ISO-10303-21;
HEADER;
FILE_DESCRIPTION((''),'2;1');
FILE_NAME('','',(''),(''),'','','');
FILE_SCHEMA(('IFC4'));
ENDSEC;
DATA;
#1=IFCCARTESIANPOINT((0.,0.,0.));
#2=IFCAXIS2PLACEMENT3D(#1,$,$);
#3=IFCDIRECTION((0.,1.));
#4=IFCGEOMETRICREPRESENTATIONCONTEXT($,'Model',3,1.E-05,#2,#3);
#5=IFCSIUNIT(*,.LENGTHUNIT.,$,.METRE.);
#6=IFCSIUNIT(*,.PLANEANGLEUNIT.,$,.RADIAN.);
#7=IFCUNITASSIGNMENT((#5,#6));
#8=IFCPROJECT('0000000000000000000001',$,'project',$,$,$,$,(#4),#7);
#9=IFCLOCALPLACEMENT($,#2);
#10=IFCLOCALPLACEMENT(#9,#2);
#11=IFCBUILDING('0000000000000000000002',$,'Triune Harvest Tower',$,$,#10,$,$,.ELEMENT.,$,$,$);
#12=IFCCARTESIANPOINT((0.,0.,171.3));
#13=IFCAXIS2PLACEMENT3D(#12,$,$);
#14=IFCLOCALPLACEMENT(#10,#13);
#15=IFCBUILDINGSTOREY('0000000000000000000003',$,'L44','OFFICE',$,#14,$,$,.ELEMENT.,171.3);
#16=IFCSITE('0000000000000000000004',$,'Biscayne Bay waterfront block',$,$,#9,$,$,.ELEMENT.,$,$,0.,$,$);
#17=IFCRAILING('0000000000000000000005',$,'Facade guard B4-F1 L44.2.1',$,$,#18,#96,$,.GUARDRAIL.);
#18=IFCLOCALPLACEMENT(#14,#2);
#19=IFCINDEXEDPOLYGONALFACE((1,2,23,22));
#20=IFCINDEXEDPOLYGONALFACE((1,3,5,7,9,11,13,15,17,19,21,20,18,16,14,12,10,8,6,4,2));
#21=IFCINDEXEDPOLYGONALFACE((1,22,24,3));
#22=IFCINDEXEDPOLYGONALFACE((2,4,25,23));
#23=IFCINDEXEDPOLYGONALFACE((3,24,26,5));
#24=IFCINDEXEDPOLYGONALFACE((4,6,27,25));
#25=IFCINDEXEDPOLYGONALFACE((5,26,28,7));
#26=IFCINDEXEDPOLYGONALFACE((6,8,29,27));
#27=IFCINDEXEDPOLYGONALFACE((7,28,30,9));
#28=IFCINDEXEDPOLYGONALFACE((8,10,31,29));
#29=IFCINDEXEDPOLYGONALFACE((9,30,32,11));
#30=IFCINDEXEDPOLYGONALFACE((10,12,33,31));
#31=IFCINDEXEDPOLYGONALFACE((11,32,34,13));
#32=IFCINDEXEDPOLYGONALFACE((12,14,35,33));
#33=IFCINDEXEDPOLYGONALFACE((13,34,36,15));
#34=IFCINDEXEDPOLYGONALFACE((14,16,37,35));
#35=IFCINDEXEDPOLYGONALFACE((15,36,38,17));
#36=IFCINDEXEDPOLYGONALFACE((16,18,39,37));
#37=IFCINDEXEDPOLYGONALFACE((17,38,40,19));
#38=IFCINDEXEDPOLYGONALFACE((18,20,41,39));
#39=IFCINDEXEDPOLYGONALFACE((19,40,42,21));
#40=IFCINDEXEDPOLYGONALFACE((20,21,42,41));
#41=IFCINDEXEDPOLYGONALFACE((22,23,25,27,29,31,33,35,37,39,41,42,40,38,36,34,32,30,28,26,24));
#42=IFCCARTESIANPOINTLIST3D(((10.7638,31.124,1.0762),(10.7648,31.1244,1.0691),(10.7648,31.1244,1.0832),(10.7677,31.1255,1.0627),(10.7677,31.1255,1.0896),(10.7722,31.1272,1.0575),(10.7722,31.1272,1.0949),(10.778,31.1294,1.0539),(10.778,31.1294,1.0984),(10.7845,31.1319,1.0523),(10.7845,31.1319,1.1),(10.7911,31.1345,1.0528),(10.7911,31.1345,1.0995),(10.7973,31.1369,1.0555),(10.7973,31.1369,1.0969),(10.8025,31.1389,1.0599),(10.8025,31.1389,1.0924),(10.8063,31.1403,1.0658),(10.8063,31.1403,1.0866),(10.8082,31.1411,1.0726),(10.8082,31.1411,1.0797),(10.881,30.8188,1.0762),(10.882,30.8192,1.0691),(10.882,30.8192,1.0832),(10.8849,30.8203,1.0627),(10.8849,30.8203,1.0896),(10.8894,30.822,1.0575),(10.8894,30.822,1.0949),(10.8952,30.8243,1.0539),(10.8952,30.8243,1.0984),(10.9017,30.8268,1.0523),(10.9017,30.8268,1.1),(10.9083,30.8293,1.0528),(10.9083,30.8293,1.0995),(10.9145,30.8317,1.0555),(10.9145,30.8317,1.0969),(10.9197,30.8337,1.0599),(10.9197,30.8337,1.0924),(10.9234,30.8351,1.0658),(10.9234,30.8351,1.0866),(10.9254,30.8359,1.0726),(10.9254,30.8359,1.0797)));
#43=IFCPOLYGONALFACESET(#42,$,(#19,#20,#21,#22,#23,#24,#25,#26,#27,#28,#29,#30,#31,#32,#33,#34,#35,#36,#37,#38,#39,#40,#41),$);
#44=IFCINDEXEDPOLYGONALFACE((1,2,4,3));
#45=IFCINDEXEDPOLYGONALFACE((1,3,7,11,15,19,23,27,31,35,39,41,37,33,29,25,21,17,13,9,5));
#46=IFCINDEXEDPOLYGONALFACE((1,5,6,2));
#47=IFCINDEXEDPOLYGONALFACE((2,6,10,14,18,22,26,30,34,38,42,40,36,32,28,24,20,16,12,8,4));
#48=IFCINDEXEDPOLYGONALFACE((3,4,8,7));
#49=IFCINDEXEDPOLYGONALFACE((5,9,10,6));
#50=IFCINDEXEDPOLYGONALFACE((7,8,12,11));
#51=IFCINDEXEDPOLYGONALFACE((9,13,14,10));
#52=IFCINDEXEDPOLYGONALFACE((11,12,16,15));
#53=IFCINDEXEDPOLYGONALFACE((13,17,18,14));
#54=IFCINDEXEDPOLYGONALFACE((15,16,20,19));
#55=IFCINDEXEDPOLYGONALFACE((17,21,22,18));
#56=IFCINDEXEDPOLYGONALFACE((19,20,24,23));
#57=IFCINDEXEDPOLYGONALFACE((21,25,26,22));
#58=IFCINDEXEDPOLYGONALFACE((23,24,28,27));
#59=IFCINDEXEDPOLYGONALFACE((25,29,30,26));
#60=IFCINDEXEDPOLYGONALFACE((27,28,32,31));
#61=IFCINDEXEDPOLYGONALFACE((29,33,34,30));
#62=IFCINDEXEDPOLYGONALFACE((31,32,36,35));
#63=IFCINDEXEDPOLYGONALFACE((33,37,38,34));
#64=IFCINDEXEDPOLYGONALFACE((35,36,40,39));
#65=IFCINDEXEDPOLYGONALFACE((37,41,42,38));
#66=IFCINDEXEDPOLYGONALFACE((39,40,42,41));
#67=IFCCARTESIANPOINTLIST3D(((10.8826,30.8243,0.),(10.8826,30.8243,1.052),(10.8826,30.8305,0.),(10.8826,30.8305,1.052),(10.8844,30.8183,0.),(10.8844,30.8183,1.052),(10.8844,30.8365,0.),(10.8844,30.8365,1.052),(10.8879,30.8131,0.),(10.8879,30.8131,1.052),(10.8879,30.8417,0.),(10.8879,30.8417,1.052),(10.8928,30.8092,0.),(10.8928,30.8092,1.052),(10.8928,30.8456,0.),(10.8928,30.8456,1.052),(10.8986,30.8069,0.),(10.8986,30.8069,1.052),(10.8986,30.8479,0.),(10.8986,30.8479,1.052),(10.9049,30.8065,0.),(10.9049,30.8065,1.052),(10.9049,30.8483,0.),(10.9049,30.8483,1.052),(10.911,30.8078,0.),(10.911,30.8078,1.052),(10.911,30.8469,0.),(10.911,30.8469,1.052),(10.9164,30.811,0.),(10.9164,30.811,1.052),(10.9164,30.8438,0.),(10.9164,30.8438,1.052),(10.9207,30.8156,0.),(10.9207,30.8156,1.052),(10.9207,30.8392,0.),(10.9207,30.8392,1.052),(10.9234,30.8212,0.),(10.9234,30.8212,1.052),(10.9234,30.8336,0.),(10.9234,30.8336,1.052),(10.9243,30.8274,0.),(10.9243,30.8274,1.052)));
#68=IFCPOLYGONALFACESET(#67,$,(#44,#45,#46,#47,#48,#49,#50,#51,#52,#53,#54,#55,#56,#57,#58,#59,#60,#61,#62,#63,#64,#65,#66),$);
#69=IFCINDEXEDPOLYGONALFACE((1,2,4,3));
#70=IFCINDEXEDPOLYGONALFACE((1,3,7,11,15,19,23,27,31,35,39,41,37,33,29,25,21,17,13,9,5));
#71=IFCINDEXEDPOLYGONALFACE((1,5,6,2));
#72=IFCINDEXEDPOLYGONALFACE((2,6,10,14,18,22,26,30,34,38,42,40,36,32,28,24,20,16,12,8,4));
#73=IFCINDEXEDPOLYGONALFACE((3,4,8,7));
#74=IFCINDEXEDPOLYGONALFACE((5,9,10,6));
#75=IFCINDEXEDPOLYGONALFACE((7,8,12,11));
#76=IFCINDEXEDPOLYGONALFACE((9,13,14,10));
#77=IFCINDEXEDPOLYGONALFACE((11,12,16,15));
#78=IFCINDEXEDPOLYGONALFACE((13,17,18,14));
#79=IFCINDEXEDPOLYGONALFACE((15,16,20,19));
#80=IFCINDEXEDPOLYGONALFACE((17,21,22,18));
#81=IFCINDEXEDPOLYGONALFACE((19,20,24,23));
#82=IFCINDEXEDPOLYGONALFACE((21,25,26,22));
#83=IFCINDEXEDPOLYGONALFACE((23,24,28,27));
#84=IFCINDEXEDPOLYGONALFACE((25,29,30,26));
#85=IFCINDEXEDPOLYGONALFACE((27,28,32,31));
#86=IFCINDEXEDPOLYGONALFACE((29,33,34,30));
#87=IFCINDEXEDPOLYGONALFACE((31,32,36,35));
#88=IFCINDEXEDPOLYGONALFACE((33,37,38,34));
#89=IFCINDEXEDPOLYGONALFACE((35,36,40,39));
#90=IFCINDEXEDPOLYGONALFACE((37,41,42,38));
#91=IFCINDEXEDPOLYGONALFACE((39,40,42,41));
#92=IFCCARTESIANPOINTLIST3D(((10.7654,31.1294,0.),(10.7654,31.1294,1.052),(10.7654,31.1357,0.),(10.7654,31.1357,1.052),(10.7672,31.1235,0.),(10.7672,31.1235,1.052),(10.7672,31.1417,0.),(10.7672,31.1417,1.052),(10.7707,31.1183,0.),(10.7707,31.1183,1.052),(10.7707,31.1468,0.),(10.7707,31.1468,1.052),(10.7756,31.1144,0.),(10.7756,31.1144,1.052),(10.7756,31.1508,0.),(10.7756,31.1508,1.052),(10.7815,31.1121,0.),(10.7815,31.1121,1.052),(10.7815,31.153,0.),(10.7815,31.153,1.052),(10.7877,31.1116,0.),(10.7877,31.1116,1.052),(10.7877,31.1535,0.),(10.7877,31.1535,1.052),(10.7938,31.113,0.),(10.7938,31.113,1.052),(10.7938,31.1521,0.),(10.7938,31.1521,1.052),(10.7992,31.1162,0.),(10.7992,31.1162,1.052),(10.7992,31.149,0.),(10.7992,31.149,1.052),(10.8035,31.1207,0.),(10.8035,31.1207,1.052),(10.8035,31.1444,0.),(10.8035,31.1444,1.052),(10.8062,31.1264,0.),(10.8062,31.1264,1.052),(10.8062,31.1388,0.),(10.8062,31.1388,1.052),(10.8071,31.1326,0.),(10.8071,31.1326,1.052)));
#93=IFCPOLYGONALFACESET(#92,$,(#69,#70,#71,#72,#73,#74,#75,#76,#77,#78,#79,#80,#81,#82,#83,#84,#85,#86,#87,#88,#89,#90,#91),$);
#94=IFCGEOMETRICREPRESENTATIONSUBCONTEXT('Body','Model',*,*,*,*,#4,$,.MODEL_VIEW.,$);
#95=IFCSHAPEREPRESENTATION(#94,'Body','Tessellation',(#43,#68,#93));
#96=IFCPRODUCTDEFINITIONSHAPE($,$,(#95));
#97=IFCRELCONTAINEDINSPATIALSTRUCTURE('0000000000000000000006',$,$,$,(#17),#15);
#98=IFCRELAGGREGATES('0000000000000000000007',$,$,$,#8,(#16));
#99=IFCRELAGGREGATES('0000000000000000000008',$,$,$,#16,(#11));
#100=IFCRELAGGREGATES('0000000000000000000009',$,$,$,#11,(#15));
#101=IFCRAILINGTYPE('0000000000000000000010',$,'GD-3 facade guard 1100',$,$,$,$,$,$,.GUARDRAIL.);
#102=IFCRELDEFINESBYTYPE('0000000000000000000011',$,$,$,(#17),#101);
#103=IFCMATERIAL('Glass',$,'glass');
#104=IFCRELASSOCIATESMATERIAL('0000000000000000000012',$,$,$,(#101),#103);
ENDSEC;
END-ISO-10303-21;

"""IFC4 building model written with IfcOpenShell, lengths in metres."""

from ifc_helpers import new_model, si_unit, direction, frame, origin, origin_2d, place, context, subcontext, project, spatial, circle, extrude, material, type_object, element, save


model = new_model("IFC4")

# Units and contexts
model_context = context("Model", 3, precision=1e-05, world=origin(), true_north=direction((0.0, 1.0)))
body_context = subcontext(model_context, "Body", "Model", "MODEL_VIEW")
ifc_project = project(units=[si_unit("LENGTHUNIT", "METRE"), si_unit("PLANEANGLEUNIT", "RADIAN")], contexts=[model_context])

# Site, building, storey
site_placement = place(None, origin())
site = spatial("IfcSite", under=ifc_project, at=site_placement, Name="Biscayne Bay waterfront block", CompositionType="ELEMENT", RefElevation=0.0)
building_placement = place(site_placement, origin())
building = spatial("IfcBuilding", under=site, at=building_placement, Name="Triune Harvest Tower", CompositionType="ELEMENT")
storey_placement = place(building_placement, frame((0.0, 0.0, 171.3)))
storey = spatial("IfcBuildingStorey", under=building, at=storey_placement, Name="L44", Description="OFFICE", CompositionType="ELEMENT", Elevation=171.3)

# Railing
ifc_material_1 = material(Name="Glass", Category="glass")
railing_type = type_object("IfcRailingType", Name="GD-3 facade guard 1100", PredefinedType="GUARDRAIL", material=ifc_material_1)
railing_placement = place(storey_placement, frame((10.9033, 30.8274, 0.0)))
element("IfcRailing", 1, at=railing_placement, inside=storey, type_object=railing_type, Name="Facade guard B4-F1 L44.2.1", PredefinedType="GUARDRAIL", context=body_context, shape_type="SweptSolid", body=[
    extrude(circle(Radius=0.0239, at=origin_2d()), frame((0.0, 0.0, 1.0762), z_axis=(-0.358479, 0.933538, 0.0), x_axis=(-0.933538, -0.358479, 0.0)), (0.0, 0.0, 1.0), 0.3269),
    extrude(circle(Radius=0.021, at=origin_2d()), origin(), (0.0, 0.0, 1.0), 1.052),
    extrude(circle(Radius=0.021, at=origin_2d()), frame((-0.1172, 0.3052, 0.0)), (0.0, 0.0, 1.0), 1.052),
])

save(model, "model.ifc")
